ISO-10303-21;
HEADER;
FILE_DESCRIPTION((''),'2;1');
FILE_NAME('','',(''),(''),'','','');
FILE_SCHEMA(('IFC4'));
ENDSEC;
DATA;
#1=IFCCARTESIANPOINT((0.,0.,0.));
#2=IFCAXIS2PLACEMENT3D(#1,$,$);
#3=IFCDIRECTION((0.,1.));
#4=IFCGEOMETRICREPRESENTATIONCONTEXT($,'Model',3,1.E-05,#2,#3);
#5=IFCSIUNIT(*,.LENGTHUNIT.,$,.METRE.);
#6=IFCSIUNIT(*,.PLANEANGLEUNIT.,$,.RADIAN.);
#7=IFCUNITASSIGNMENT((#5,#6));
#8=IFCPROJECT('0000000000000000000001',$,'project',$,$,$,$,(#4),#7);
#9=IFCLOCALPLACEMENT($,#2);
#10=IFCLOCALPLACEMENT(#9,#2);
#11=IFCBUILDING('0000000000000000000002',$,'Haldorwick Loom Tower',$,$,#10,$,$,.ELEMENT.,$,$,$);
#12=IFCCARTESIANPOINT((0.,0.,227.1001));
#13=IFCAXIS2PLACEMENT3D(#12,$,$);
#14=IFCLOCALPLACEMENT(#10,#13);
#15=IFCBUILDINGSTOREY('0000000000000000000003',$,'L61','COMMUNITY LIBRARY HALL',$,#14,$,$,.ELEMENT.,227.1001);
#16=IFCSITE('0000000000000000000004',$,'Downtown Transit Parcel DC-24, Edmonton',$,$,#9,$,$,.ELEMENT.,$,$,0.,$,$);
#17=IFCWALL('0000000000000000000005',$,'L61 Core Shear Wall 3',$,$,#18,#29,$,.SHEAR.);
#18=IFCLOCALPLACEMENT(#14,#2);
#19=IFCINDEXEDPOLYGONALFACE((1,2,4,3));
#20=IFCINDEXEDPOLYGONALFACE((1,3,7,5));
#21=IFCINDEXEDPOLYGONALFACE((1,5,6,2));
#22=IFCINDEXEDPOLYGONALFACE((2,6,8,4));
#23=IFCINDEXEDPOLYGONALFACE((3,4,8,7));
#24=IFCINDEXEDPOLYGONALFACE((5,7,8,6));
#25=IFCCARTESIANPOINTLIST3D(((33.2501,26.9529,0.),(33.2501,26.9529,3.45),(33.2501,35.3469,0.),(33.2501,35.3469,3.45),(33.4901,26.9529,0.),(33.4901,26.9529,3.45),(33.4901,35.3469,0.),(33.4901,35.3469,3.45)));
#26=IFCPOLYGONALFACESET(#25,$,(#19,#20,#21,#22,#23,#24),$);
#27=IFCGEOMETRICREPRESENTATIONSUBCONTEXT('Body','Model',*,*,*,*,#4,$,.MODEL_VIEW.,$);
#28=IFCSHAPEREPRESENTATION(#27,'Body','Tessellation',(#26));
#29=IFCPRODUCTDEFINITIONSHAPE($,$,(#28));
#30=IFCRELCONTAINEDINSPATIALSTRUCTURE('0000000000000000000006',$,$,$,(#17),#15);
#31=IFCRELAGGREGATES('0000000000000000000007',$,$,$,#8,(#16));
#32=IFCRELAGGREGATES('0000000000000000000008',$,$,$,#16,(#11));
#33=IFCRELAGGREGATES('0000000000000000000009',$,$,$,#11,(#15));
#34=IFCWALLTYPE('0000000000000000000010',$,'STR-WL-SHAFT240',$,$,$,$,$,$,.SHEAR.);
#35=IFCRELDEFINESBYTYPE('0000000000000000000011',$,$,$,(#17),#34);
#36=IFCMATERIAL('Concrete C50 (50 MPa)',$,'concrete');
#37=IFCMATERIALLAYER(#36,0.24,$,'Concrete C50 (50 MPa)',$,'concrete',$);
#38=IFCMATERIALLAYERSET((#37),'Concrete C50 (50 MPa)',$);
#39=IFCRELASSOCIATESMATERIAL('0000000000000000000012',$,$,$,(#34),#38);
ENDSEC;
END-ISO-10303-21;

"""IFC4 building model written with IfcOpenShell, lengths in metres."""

from ifc_helpers import new_model, si_unit, direction, frame, frame_2d, origin, place, context, subcontext, project, spatial, rectangle, extrude, material, layer, layer_set, type_object, element, save


model = new_model("IFC4")

# Units and contexts
model_context = context("Model", 3, precision=1e-05, world=origin(), true_north=direction((0.0, 1.0)))
body_context = subcontext(model_context, "Body", "Model", "MODEL_VIEW")
ifc_project = project(units=[si_unit("LENGTHUNIT", "METRE"), si_unit("PLANEANGLEUNIT", "RADIAN")], contexts=[model_context])

# Site, building, storey
site_placement = place(None, origin())
site = spatial("IfcSite", under=ifc_project, at=site_placement, Name="Downtown Transit Parcel DC-24, Edmonton", CompositionType="ELEMENT", RefElevation=0.0)
building_placement = place(site_placement, origin())
building = spatial("IfcBuilding", under=site, at=building_placement, Name="Haldorwick Loom Tower", CompositionType="ELEMENT")
storey_placement = place(building_placement, frame((0.0, 0.0, 227.1001)))
storey = spatial("IfcBuildingStorey", under=building, at=storey_placement, Name="L61", Description="COMMUNITY LIBRARY HALL", CompositionType="ELEMENT", Elevation=227.1001)

# Shared definitions
ifc_material_1 = material(Name="Concrete C50 (50 MPa)", Category="concrete")

# Wall
ifc_layer_1 = layer(ifc_material_1, 0.24, Name="Concrete C50 (50 MPa)", Category="concrete")
ifc_layer_set_1 = layer_set([ifc_layer_1], Name="Concrete C50 (50 MPa)")
wall_type_1 = type_object("IfcWallType", Name="STR-WL-SHAFT240", PredefinedType="SHEAR", material=ifc_layer_set_1)
for number, where, z_axis, x_axis, name in (
    (1, (33.3701, 26.9529, 0.0), (0.0, 0.0, 1.0), (0.0, 1.0, 0.0), "L61 Core Shear Wall 3"),
):
    element("IfcWall", number, at=place(storey_placement, frame(where, z_axis=z_axis, x_axis=x_axis)), inside=storey, type_object=wall_type_1, Name=name, PredefinedType="SHEAR", context=body_context, shape_type="SweptSolid", body=[
        extrude(rectangle(XDim=8.394, YDim=0.24, at=frame_2d((4.197, 0.0))), origin(), (0.0, 0.0, 1.0), 3.45),
    ])

save(model, "model.ifc")
